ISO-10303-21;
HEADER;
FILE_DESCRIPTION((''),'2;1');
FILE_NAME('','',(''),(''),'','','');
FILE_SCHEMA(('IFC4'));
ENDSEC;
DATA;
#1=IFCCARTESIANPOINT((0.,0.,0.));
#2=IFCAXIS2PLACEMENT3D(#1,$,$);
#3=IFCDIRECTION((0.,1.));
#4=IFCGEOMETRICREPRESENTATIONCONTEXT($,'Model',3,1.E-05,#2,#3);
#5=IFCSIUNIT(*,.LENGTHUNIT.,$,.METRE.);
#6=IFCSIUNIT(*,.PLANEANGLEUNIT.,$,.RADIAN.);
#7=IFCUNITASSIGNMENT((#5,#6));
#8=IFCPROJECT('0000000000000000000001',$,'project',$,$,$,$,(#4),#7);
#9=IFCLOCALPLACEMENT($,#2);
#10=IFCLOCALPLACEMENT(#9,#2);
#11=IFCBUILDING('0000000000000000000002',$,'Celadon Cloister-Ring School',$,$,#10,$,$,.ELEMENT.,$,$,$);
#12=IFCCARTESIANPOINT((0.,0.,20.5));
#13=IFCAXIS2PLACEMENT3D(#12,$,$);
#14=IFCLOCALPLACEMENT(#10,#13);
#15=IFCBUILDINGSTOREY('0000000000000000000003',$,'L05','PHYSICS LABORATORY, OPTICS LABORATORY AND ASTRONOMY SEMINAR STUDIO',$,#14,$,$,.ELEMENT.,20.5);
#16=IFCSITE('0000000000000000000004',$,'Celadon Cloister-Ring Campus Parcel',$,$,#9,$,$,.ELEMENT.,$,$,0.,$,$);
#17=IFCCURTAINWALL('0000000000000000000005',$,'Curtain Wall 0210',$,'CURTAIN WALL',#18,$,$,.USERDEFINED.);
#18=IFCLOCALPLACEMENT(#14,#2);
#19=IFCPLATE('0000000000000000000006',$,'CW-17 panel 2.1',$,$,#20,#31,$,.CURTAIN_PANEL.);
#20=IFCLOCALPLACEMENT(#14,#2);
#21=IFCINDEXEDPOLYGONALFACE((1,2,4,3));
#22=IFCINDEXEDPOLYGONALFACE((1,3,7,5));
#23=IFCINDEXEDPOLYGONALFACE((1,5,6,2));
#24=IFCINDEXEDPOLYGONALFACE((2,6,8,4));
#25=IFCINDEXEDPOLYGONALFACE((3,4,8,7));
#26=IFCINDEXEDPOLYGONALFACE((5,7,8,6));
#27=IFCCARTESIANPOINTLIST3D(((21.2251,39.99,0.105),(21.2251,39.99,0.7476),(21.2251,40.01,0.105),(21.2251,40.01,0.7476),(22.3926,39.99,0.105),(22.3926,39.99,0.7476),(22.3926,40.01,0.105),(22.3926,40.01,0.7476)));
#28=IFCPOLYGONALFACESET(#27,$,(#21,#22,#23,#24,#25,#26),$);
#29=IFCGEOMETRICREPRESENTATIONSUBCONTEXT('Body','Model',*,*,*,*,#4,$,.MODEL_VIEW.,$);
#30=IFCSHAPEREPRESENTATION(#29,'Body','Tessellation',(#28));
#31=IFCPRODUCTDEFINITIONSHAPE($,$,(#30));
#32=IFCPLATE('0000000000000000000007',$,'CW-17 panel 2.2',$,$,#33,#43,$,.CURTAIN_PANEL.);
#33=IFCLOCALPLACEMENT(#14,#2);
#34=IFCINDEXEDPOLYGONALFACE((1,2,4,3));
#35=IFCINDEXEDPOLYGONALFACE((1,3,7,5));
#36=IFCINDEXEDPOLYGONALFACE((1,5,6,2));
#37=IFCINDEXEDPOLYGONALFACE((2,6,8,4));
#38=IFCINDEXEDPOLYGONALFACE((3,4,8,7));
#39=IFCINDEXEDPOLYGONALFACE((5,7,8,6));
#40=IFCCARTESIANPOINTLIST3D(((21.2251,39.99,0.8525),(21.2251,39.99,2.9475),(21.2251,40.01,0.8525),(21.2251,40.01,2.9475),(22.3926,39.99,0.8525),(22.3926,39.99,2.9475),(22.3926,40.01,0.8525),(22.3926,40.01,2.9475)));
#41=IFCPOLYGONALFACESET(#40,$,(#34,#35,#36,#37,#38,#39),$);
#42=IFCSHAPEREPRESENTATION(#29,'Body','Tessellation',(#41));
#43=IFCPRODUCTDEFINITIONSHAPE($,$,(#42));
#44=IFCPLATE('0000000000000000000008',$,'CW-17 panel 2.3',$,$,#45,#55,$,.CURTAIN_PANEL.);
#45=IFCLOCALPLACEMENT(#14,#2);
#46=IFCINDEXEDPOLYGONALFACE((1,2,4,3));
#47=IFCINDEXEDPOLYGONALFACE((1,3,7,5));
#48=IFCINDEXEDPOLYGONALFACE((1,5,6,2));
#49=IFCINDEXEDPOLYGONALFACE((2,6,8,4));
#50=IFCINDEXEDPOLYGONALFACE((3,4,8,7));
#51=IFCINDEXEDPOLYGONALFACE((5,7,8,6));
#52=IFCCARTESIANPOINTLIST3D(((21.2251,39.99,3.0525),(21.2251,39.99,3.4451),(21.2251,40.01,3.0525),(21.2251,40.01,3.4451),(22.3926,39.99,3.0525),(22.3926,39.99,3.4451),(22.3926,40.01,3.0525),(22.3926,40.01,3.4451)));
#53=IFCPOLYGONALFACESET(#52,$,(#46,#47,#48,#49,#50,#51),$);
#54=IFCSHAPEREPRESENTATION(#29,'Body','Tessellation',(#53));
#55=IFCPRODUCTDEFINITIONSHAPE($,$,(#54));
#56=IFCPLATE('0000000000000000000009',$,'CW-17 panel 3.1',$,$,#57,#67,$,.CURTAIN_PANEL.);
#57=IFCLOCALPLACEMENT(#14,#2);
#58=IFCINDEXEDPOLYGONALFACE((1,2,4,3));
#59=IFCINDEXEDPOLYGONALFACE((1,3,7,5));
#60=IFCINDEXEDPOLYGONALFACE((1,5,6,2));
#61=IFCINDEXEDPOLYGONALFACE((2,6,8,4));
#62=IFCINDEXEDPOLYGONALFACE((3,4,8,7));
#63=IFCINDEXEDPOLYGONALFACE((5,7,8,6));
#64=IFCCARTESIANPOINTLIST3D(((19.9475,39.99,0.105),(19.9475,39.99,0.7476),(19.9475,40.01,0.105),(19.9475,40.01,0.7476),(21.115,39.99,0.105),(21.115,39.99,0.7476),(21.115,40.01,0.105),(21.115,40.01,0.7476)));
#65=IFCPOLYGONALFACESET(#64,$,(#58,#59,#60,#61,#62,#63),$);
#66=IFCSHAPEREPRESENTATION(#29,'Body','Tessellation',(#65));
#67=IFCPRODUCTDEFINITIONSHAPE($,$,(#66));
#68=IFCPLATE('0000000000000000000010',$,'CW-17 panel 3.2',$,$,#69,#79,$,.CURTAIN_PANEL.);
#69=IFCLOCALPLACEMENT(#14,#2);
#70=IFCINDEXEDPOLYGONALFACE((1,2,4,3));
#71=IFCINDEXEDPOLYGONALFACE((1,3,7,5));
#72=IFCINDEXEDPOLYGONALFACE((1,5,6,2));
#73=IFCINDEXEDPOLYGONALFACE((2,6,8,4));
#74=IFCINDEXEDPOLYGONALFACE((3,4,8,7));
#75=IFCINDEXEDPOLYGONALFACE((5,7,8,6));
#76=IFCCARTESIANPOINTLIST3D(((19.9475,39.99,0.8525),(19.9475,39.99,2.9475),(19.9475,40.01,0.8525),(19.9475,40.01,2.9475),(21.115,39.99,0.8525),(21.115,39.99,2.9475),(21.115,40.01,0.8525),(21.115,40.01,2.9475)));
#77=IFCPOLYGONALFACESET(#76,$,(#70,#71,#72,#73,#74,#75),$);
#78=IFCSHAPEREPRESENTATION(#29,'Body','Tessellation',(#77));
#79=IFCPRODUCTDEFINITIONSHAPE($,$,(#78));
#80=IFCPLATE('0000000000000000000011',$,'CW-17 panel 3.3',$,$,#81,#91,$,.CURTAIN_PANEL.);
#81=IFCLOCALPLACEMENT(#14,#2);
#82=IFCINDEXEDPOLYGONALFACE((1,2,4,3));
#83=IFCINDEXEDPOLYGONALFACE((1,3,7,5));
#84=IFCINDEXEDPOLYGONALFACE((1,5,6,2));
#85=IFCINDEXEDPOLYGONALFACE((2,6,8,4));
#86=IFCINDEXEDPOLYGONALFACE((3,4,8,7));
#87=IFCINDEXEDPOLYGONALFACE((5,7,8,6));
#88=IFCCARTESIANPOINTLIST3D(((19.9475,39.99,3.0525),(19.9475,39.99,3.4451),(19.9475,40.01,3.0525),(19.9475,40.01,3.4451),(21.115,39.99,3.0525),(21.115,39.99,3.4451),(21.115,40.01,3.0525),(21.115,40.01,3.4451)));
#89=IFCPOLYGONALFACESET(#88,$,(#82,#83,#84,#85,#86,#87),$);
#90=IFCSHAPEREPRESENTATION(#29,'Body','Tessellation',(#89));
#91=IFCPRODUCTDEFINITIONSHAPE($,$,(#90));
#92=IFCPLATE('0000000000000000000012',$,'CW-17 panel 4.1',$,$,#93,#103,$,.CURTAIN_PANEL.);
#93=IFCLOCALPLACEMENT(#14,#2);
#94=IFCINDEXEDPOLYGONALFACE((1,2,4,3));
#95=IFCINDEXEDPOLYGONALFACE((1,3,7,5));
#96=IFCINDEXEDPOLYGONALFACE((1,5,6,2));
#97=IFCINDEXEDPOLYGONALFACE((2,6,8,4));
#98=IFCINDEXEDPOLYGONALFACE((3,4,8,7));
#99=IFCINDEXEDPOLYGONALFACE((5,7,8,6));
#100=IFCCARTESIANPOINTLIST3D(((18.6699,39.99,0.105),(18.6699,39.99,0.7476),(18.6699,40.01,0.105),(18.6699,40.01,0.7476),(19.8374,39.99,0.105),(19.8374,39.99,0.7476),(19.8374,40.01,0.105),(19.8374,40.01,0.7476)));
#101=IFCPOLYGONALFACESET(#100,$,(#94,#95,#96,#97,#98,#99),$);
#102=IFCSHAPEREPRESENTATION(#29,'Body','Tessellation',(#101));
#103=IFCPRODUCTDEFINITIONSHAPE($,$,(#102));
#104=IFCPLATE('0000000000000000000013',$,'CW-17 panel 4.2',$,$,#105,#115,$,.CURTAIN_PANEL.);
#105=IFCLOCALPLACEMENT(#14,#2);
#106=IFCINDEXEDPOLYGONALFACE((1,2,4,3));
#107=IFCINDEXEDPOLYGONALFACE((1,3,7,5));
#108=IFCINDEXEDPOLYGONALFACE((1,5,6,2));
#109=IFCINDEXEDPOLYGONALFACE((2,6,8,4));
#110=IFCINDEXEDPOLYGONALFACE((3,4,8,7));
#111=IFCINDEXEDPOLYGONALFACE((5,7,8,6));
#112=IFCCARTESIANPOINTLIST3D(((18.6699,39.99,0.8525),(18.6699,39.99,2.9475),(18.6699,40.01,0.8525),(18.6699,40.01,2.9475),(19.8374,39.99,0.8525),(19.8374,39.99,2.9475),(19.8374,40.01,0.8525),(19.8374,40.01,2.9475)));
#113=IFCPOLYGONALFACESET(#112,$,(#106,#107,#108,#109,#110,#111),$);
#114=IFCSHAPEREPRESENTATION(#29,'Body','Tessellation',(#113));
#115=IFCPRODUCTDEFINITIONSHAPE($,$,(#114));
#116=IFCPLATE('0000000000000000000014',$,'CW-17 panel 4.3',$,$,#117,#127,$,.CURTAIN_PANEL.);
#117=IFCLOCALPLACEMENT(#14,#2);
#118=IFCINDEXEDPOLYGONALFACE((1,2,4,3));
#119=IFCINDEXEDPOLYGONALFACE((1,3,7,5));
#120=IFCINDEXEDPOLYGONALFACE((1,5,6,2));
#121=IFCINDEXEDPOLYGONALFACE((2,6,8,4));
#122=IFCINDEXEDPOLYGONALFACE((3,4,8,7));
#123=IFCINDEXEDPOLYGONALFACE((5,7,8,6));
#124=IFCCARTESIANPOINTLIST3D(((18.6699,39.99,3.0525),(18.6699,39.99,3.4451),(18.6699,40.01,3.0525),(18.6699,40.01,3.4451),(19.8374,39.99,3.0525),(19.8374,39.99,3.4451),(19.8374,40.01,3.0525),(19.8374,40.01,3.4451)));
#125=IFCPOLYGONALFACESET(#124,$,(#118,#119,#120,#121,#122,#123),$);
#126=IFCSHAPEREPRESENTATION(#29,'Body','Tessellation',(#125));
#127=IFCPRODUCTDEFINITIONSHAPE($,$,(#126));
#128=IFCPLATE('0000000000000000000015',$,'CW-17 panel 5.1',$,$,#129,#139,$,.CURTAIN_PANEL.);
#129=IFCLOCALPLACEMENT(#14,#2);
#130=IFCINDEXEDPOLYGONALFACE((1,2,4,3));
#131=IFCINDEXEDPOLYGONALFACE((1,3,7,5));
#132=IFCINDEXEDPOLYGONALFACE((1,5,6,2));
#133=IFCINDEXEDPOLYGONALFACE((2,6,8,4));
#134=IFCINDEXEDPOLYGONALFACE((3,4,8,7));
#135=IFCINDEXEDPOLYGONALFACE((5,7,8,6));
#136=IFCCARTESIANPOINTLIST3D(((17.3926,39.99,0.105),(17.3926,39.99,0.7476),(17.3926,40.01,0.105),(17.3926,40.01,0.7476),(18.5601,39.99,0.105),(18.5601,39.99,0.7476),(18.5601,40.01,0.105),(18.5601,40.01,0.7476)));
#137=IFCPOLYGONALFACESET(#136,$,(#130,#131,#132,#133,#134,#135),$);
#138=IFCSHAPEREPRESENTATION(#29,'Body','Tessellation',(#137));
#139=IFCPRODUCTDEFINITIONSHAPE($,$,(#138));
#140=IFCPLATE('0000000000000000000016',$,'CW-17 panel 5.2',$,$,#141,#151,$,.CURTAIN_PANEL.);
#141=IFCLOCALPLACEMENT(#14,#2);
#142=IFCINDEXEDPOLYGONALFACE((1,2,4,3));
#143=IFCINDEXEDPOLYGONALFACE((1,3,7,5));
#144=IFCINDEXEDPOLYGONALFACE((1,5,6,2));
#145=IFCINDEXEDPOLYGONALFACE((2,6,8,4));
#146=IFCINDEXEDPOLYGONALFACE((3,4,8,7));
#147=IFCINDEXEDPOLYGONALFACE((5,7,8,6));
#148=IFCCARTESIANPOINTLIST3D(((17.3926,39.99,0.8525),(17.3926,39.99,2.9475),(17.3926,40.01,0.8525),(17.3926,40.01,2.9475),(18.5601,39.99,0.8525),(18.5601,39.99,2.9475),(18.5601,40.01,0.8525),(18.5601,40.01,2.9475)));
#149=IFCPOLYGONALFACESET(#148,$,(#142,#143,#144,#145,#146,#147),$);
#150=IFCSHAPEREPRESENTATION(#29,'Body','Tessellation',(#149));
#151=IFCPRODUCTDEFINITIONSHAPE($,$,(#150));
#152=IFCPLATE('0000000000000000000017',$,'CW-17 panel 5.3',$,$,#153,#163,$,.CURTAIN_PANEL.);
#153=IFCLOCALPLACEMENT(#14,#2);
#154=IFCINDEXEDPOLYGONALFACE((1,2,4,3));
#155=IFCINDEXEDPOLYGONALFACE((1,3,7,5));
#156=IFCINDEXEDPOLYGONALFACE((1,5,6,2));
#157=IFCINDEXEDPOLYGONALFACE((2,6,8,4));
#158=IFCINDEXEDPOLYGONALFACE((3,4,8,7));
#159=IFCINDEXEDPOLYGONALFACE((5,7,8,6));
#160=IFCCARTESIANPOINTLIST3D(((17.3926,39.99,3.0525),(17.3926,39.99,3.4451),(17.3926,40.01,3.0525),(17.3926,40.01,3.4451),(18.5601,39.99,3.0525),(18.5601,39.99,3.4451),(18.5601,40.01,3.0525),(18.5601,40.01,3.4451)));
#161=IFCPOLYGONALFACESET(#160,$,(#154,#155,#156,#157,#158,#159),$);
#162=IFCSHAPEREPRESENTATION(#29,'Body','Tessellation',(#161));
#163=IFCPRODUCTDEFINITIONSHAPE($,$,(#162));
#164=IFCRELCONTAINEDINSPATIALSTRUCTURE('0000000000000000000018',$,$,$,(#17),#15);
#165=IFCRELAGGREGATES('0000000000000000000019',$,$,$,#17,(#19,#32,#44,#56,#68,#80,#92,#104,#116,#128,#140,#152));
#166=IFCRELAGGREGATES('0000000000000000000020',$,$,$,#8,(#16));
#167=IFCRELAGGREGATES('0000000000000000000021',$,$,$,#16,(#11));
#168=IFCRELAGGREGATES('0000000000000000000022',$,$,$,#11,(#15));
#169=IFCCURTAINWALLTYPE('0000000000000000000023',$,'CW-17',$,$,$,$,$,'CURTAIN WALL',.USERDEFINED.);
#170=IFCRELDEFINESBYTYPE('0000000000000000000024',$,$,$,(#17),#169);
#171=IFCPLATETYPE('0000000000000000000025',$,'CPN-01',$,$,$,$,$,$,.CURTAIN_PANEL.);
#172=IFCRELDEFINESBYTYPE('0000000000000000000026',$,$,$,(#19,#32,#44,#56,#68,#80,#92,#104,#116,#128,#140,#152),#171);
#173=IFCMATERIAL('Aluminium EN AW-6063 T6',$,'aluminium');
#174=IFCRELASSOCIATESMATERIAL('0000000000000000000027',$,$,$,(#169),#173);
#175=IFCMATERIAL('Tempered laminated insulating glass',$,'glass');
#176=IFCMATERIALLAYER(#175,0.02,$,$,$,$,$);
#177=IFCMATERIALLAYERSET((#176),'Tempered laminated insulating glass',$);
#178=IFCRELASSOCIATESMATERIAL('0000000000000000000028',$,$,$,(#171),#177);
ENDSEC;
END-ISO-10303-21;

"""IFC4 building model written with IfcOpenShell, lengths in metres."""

from ifc_helpers import new_model, si_unit, direction, frame, origin, origin_2d, place, context, subcontext, project, spatial, rectangle, extrude, material, layer, layer_set, type_object, element, aggregate, save


model = new_model("IFC4")

# Units and contexts
model_context = context("Model", 3, precision=1e-05, world=origin(), true_north=direction((0.0, 1.0)))
body_context = subcontext(model_context, "Body", "Model", "MODEL_VIEW")
ifc_project = project(units=[si_unit("LENGTHUNIT", "METRE"), si_unit("PLANEANGLEUNIT", "RADIAN")], contexts=[model_context])

# Site, building, storey
site_placement = place(None, origin())
site = spatial("IfcSite", under=ifc_project, at=site_placement, Name="Celadon Cloister-Ring Campus Parcel", CompositionType="ELEMENT", RefElevation=0.0)
building_placement = place(site_placement, origin())
building = spatial("IfcBuilding", under=site, at=building_placement, Name="Celadon Cloister-Ring School", CompositionType="ELEMENT")
storey_placement = place(building_placement, frame((0.0, 0.0, 20.5)))
storey = spatial("IfcBuildingStorey", under=building, at=storey_placement, Name="L05", Description="PHYSICS LABORATORY, OPTICS LABORATORY AND ASTRONOMY SEMINAR STUDIO", CompositionType="ELEMENT", Elevation=20.5)

# Curtain wall, plates
ifc_material_1 = material(Name="Aluminium EN AW-6063 T6", Category="aluminium")
curtain_wall_type = type_object("IfcCurtainWallType", Name="CW-17", ElementType="CURTAIN WALL", PredefinedType="USERDEFINED", material=ifc_material_1)
curtain_wall_placement = place(storey_placement, origin())
curtain_wall = element("IfcCurtainWall", 1, at=curtain_wall_placement, inside=storey, type_object=curtain_wall_type, Name="Curtain Wall 0210", ObjectType="CURTAIN WALL", PredefinedType="USERDEFINED")
ifc_material_2 = material(Name="Tempered laminated insulating glass", Category="glass")
ifc_layer = layer(ifc_material_2, 0.02)
ifc_layer_set = layer_set([ifc_layer], Name="Tempered laminated insulating glass")
plate_type = type_object("IfcPlateType", Name="CPN-01", PredefinedType="CURTAIN_PANEL", material=ifc_layer_set)
plate_1_placement = place(storey_placement, frame((21.8088, 40.0, 0.105), z_axis=(0.0, 0.0, 1.0), x_axis=(-1.0, 0.0, 0.0)))
plate_1 = element("IfcPlate", 2, at=plate_1_placement, type_object=plate_type, Name="CW-17 panel 2.1", PredefinedType="CURTAIN_PANEL", context=body_context, shape_type="SweptSolid", body=[
    extrude(rectangle(XDim=1.1675, YDim=0.02, at=origin_2d()), origin(), (0.0, 0.0, 1.0), 0.6426),
])
plate_2_placement = place(storey_placement, frame((21.8088, 40.0, 0.8525), z_axis=(0.0, 0.0, 1.0), x_axis=(-1.0, 0.0, 0.0)))
plate_2 = element("IfcPlate", 3, at=plate_2_placement, type_object=plate_type, Name="CW-17 panel 2.2", PredefinedType="CURTAIN_PANEL", context=body_context, shape_type="SweptSolid", body=[
    extrude(rectangle(XDim=1.1675, YDim=0.02, at=origin_2d()), origin(), (0.0, 0.0, 1.0), 2.095),
])
plate_3_placement = place(storey_placement, frame((21.8088, 40.0, 3.0525), z_axis=(0.0, 0.0, 1.0), x_axis=(-1.0, 0.0, 0.0)))
plate_3 = element("IfcPlate", 4, at=plate_3_placement, type_object=plate_type, Name="CW-17 panel 2.3", PredefinedType="CURTAIN_PANEL", context=body_context, shape_type="SweptSolid", body=[
    extrude(rectangle(XDim=1.1675, YDim=0.02, at=origin_2d()), origin(), (0.0, 0.0, 1.0), 0.3926),
])
plate_4_placement = place(storey_placement, frame((20.5312, 40.0, 0.105), z_axis=(0.0, 0.0, 1.0), x_axis=(-1.0, 0.0, 0.0)))
plate_4 = element("IfcPlate", 5, at=plate_4_placement, type_object=plate_type, Name="CW-17 panel 3.1", PredefinedType="CURTAIN_PANEL", context=body_context, shape_type="SweptSolid", body=[
    extrude(rectangle(XDim=1.1675, YDim=0.02, at=origin_2d()), origin(), (0.0, 0.0, 1.0), 0.6426),
])
plate_5_placement = place(storey_placement, frame((20.5312, 40.0, 0.8525), z_axis=(0.0, 0.0, 1.0), x_axis=(-1.0, 0.0, 0.0)))
plate_5 = element("IfcPlate", 6, at=plate_5_placement, type_object=plate_type, Name="CW-17 panel 3.2", PredefinedType="CURTAIN_PANEL", context=body_context, shape_type="SweptSolid", body=[
    extrude(rectangle(XDim=1.1675, YDim=0.02, at=origin_2d()), origin(), (0.0, 0.0, 1.0), 2.095),
])
plate_6_placement = place(storey_placement, frame((20.5312, 40.0, 3.0525), z_axis=(0.0, 0.0, 1.0), x_axis=(-1.0, 0.0, 0.0)))
plate_6 = element("IfcPlate", 7, at=plate_6_placement, type_object=plate_type, Name="CW-17 panel 3.3", PredefinedType="CURTAIN_PANEL", context=body_context, shape_type="SweptSolid", body=[
    extrude(rectangle(XDim=1.1675, YDim=0.02, at=origin_2d()), origin(), (0.0, 0.0, 1.0), 0.3926),
])
plate_7_placement = place(storey_placement, frame((19.2537, 40.0, 0.105), z_axis=(0.0, 0.0, 1.0), x_axis=(-1.0, 0.0, 0.0)))
plate_7 = element("IfcPlate", 8, at=plate_7_placement, type_object=plate_type, Name="CW-17 panel 4.1", PredefinedType="CURTAIN_PANEL", context=body_context, shape_type="SweptSolid", body=[
    extrude(rectangle(XDim=1.1675, YDim=0.02, at=origin_2d()), origin(), (0.0, 0.0, 1.0), 0.6426),
])
plate_8_placement = place(storey_placement, frame((19.2537, 40.0, 0.8525), z_axis=(0.0, 0.0, 1.0), x_axis=(-1.0, 0.0, 0.0)))
plate_8 = element("IfcPlate", 9, at=plate_8_placement, type_object=plate_type, Name="CW-17 panel 4.2", PredefinedType="CURTAIN_PANEL", context=body_context, shape_type="SweptSolid", body=[
    extrude(rectangle(XDim=1.1675, YDim=0.02, at=origin_2d()), origin(), (0.0, 0.0, 1.0), 2.095),
])
plate_9_placement = place(storey_placement, frame((19.2537, 40.0, 3.0525), z_axis=(0.0, 0.0, 1.0), x_axis=(-1.0, 0.0, 0.0)))
plate_9 = element("IfcPlate", 10, at=plate_9_placement, type_object=plate_type, Name="CW-17 panel 4.3", PredefinedType="CURTAIN_PANEL", context=body_context, shape_type="SweptSolid", body=[
    extrude(rectangle(XDim=1.1675, YDim=0.02, at=origin_2d()), origin(), (0.0, 0.0, 1.0), 0.3926),
])
plate_10_placement = place(storey_placement, frame((17.9763, 40.0, 0.105), z_axis=(0.0, 0.0, 1.0), x_axis=(-1.0, 0.0, 0.0)))
plate_10 = element("IfcPlate", 11, at=plate_10_placement, type_object=plate_type, Name="CW-17 panel 5.1", PredefinedType="CURTAIN_PANEL", context=body_context, shape_type="SweptSolid", body=[
    extrude(rectangle(XDim=1.1675, YDim=0.02, at=origin_2d()), origin(), (0.0, 0.0, 1.0), 0.6426),
])
plate_11_placement = place(storey_placement, frame((17.9763, 40.0, 0.8525), z_axis=(0.0, 0.0, 1.0), x_axis=(-1.0, 0.0, 0.0)))
plate_11 = element("IfcPlate", 12, at=plate_11_placement, type_object=plate_type, Name="CW-17 panel 5.2", PredefinedType="CURTAIN_PANEL", context=body_context, shape_type="SweptSolid", body=[
    extrude(rectangle(XDim=1.1675, YDim=0.02, at=origin_2d()), origin(), (0.0, 0.0, 1.0), 2.095),
])
plate_12_placement = place(storey_placement, frame((17.9763, 40.0, 3.0525), z_axis=(0.0, 0.0, 1.0), x_axis=(-1.0, 0.0, 0.0)))
plate_12 = element("IfcPlate", 13, at=plate_12_placement, type_object=plate_type, Name="CW-17 panel 5.3", PredefinedType="CURTAIN_PANEL", context=body_context, shape_type="SweptSolid", body=[
    extrude(rectangle(XDim=1.1675, YDim=0.02, at=origin_2d()), origin(), (0.0, 0.0, 1.0), 0.3926),
])
aggregate(curtain_wall, [plate_1, plate_2, plate_3, plate_4, plate_5, plate_6, plate_7, plate_8, plate_9, plate_10, plate_11, plate_12])

save(model, "model.ifc")
